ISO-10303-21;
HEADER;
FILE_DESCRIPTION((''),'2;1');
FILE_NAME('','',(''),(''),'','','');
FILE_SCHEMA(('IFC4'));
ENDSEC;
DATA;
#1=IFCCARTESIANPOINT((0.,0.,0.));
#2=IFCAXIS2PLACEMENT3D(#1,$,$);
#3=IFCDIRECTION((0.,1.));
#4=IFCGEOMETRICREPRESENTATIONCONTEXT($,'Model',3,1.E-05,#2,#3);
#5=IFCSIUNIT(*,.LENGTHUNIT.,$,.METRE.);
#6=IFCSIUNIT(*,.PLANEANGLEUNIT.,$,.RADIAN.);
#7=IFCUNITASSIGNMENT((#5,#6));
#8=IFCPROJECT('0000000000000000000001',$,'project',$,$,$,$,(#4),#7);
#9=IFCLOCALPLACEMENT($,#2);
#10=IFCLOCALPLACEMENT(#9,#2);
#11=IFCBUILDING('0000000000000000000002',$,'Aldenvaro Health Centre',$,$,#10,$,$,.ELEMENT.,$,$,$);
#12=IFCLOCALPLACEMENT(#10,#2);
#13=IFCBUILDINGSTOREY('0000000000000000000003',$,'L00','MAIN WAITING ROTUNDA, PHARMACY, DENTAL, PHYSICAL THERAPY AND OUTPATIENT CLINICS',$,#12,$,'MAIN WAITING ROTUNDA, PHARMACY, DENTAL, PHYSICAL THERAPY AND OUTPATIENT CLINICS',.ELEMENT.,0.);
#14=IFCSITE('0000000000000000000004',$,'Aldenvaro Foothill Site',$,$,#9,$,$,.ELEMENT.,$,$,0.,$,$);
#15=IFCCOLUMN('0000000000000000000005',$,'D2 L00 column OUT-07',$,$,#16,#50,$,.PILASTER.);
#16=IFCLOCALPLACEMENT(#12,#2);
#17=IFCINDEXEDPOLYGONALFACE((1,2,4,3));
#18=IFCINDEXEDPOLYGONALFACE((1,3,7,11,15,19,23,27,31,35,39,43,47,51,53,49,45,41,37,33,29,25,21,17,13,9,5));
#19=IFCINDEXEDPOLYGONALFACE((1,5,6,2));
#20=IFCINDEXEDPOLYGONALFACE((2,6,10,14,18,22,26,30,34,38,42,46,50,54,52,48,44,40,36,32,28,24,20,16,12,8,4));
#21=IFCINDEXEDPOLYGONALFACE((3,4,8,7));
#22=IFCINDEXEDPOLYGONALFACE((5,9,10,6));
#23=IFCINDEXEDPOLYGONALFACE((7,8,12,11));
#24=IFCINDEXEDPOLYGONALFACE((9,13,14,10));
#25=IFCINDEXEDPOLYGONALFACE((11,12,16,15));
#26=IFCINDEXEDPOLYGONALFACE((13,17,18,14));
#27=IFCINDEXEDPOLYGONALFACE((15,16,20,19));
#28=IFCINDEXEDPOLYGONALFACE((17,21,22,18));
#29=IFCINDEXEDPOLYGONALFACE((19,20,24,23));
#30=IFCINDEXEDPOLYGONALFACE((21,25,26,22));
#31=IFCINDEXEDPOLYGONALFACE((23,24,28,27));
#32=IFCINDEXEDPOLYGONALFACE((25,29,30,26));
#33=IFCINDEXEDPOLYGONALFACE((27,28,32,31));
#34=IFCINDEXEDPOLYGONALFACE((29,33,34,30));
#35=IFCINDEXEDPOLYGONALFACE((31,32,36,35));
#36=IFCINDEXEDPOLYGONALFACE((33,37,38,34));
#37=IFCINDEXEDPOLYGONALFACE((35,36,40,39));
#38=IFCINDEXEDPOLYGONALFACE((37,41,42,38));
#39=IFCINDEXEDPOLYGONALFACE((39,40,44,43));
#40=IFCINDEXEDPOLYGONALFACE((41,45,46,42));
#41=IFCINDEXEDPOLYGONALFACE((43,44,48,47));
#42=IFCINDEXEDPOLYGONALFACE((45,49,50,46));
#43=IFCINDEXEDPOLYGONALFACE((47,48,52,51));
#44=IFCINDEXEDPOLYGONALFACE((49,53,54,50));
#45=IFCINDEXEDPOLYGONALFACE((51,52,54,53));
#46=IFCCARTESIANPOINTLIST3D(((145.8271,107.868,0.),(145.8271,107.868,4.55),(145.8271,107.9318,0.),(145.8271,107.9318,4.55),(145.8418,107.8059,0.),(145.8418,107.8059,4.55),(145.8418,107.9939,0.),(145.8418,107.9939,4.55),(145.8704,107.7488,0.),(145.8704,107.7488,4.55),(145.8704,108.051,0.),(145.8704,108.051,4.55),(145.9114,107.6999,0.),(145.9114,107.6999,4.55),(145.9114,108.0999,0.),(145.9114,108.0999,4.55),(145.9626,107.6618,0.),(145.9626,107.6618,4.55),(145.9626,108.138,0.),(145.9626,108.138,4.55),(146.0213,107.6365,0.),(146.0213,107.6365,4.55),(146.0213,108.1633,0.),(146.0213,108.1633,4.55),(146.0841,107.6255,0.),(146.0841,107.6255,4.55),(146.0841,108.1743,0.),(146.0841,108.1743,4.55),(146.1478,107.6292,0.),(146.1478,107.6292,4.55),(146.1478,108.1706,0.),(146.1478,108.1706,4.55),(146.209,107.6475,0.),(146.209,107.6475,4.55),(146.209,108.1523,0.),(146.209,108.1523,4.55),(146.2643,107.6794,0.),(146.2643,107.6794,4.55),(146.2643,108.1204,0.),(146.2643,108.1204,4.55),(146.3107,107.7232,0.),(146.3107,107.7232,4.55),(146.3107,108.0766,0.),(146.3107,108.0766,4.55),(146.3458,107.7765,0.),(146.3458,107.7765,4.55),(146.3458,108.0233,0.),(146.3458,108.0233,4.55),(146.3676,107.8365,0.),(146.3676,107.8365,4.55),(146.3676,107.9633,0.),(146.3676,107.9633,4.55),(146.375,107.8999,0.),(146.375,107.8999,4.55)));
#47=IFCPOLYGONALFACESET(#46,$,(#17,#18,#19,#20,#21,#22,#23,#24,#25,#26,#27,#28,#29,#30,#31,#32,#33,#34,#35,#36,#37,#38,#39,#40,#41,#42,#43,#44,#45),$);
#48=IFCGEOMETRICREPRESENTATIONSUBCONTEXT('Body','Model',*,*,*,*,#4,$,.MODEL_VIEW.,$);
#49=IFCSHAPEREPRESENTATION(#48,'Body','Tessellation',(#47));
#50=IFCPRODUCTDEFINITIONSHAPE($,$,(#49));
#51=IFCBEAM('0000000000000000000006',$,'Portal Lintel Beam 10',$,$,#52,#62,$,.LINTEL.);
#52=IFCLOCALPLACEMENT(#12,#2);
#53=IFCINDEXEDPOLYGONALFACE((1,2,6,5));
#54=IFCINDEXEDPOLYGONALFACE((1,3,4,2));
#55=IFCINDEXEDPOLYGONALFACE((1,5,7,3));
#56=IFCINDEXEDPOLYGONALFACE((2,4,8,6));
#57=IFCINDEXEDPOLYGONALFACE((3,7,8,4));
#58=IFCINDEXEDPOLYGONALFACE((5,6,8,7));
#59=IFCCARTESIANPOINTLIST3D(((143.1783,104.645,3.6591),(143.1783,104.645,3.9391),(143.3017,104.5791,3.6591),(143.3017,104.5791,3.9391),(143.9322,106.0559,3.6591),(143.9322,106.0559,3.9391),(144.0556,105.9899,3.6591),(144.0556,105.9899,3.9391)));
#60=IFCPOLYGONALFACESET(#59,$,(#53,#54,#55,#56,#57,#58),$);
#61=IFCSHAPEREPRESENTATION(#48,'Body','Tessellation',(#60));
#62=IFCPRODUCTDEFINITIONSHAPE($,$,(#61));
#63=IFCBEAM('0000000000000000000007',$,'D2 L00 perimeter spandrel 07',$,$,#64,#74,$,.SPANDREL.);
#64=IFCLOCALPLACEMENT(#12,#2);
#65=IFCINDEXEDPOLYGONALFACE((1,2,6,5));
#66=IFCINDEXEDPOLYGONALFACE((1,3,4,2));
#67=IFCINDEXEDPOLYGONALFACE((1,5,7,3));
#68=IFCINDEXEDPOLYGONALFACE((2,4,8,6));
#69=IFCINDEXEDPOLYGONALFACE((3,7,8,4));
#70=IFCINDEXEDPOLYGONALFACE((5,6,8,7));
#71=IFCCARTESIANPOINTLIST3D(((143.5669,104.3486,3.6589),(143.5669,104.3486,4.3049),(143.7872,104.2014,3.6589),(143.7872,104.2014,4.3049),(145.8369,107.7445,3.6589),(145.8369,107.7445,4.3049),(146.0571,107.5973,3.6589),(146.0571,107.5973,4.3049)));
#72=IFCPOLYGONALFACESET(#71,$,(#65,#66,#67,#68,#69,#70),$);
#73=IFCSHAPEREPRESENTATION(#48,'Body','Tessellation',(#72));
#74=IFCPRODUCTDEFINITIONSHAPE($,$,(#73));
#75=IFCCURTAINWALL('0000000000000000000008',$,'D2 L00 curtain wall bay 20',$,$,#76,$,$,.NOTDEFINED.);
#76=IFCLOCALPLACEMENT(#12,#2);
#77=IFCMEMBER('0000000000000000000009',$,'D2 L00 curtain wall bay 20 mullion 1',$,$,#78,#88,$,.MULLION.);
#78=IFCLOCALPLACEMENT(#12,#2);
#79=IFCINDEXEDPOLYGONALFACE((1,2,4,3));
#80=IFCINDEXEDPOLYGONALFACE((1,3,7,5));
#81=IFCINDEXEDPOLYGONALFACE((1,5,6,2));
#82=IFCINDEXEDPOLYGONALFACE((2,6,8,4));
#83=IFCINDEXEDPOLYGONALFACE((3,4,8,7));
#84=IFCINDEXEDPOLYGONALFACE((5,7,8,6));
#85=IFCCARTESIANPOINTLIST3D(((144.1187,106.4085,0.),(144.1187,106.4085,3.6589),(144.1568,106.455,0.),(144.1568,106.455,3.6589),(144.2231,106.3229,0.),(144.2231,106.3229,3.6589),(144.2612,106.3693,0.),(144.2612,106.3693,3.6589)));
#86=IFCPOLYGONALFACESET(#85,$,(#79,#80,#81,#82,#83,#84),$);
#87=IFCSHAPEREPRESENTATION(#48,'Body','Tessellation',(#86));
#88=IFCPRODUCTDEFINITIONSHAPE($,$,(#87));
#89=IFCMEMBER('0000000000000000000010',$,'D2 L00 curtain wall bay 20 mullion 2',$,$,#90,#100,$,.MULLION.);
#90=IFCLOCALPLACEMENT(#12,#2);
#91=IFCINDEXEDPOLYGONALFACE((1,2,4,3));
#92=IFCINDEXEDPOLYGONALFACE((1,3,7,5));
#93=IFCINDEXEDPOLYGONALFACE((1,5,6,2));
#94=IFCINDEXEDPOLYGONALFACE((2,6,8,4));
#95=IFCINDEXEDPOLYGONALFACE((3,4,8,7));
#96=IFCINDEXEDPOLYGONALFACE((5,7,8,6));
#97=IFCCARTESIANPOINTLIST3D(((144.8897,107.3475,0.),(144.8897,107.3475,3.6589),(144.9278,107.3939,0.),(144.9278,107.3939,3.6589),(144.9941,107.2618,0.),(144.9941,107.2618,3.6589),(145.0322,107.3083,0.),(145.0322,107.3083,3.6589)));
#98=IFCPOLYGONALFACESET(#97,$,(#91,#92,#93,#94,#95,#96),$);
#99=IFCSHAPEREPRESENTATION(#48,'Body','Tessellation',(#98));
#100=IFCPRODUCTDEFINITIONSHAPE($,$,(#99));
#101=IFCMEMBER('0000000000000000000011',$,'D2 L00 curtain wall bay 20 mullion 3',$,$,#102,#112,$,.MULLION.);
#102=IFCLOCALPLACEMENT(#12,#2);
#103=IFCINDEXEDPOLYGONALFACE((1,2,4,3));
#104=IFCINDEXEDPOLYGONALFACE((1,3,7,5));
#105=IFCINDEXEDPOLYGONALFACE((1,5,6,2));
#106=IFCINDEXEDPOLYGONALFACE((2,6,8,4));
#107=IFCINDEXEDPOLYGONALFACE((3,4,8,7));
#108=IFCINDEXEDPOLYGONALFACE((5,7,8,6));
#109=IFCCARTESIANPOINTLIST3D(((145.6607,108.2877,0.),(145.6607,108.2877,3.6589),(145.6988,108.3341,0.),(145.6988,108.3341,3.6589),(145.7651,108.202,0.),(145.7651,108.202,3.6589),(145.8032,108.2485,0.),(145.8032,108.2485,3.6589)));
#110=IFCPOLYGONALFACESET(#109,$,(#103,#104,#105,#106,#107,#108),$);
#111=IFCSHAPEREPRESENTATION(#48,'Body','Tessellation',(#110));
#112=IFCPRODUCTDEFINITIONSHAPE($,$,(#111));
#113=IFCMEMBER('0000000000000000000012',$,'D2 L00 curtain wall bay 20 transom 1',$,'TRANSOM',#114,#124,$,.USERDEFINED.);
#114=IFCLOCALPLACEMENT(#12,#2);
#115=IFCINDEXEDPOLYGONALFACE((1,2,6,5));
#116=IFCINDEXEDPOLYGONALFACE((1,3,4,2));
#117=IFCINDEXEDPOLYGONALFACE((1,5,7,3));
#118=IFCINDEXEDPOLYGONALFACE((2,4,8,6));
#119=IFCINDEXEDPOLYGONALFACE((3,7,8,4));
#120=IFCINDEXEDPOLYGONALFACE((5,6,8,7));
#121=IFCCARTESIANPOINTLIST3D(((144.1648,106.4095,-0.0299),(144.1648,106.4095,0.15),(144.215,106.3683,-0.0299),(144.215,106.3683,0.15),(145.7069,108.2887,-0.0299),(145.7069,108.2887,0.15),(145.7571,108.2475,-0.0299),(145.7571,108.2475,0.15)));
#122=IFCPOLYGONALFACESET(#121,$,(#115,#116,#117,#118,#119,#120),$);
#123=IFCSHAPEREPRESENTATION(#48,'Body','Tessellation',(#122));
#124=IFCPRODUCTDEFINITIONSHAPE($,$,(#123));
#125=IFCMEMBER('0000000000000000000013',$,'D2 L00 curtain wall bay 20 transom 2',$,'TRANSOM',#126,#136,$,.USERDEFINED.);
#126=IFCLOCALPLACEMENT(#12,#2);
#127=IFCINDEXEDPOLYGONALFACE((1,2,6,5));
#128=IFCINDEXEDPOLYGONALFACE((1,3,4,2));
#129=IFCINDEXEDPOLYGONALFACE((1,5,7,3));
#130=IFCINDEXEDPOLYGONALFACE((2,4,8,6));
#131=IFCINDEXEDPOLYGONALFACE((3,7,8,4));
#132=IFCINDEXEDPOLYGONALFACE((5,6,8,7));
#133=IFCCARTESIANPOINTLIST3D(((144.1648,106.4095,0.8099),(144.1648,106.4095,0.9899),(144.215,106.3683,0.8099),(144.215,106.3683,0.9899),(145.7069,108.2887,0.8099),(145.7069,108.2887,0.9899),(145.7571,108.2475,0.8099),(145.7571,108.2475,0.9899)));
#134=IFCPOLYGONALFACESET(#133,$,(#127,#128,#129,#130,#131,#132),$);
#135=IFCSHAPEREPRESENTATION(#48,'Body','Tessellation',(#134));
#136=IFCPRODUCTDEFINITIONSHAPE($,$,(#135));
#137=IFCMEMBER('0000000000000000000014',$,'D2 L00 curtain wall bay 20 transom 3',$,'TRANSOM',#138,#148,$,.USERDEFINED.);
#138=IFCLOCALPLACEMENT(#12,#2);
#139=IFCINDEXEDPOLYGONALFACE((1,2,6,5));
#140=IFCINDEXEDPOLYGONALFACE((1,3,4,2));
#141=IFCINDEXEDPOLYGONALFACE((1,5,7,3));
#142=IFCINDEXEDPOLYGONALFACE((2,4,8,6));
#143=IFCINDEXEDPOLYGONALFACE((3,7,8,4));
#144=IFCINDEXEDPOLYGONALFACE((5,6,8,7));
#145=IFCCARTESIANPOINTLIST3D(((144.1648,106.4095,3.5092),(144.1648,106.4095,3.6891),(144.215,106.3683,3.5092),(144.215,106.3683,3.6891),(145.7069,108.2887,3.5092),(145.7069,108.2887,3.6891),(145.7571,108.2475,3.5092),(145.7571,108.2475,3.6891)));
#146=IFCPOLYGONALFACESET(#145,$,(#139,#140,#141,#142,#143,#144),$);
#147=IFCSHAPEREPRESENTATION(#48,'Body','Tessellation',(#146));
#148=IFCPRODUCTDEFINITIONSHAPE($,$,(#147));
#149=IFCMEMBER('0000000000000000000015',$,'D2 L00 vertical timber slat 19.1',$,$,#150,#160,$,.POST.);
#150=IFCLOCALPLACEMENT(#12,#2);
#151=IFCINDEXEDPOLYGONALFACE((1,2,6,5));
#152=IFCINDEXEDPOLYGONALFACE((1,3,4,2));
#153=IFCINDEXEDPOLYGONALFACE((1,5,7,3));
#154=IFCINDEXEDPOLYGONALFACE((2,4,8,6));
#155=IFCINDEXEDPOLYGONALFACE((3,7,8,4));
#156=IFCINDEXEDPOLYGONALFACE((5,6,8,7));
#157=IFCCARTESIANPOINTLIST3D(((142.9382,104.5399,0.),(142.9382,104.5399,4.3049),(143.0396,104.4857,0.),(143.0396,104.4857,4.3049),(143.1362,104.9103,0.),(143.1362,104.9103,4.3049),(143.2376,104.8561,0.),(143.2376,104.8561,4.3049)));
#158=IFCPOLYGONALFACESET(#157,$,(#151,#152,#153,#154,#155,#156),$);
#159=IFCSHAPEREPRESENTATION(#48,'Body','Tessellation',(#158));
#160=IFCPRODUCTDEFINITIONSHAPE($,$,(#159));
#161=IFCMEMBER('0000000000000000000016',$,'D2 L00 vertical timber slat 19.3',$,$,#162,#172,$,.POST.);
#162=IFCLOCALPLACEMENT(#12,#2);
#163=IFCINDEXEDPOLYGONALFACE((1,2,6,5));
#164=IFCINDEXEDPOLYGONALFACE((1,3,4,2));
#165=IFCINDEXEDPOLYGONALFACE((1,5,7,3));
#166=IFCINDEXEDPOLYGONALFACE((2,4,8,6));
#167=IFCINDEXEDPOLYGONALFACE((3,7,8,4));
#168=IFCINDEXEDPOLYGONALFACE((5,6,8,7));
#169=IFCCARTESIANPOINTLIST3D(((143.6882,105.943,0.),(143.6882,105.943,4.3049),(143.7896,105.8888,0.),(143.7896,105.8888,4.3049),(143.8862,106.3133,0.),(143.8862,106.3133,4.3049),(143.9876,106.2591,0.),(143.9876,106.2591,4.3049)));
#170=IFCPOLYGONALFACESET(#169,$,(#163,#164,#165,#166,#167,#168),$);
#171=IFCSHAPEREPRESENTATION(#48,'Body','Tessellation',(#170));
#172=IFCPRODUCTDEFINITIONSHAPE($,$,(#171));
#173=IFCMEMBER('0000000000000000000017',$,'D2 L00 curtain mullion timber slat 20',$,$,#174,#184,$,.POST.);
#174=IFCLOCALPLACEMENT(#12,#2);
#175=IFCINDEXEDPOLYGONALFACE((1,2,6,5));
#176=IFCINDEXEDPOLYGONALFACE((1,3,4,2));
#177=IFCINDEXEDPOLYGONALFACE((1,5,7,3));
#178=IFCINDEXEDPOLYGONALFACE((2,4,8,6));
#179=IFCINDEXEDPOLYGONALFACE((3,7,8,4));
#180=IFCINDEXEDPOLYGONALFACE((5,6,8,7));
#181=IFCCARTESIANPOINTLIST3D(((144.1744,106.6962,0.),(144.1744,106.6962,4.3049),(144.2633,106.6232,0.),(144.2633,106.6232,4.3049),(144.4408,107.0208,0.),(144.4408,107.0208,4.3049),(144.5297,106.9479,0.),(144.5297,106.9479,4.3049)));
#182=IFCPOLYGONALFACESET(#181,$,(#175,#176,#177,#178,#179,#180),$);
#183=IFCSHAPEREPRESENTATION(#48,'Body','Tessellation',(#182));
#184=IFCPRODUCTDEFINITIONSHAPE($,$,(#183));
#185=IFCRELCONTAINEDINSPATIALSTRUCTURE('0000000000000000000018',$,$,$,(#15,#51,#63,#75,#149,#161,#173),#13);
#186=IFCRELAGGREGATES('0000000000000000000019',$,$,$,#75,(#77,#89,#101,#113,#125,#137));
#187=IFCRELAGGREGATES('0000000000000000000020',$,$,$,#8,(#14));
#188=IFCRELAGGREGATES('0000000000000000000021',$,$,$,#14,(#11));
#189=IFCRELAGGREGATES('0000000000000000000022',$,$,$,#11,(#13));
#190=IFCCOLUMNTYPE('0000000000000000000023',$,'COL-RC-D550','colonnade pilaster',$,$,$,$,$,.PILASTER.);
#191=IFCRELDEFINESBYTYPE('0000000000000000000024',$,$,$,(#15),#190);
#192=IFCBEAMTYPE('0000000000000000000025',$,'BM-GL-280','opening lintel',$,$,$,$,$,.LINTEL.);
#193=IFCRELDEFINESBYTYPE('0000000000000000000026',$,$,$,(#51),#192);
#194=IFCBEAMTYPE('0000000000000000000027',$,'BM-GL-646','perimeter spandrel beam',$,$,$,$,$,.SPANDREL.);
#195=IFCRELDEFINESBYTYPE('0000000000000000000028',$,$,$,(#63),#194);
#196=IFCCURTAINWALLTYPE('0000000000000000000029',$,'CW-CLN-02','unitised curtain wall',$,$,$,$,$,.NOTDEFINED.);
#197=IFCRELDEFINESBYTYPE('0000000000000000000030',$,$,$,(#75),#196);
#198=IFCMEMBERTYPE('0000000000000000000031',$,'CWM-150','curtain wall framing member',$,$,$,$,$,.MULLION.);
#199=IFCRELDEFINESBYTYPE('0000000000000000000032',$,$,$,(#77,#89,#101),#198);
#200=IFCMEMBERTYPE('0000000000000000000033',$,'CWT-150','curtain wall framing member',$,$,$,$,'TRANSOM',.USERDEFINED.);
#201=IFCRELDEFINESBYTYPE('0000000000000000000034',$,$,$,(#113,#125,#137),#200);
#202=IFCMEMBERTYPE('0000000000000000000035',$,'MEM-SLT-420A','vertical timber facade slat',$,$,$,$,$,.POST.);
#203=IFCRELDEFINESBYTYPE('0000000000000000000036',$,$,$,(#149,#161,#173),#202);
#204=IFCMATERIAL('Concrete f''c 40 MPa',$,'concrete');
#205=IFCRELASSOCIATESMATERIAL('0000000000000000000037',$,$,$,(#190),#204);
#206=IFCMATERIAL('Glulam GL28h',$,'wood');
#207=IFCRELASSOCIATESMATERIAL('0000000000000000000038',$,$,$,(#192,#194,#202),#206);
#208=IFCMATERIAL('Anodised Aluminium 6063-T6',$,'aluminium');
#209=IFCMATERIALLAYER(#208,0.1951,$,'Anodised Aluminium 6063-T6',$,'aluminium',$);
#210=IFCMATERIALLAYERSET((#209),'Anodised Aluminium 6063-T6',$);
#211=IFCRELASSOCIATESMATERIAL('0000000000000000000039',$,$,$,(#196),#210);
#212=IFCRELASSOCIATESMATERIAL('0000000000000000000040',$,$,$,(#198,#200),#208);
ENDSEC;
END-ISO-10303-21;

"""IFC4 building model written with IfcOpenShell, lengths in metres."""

from ifc_helpers import new_model, si_unit, direction, frame, origin, origin_2d, place, context, subcontext, project, spatial, rectangle, circle, extrude, material, layer, layer_set, material_profile, profile_set, type_object, element, aggregate, save


model = new_model("IFC4")

# Units and contexts
model_context = context("Model", 3, precision=1e-05, world=origin(), true_north=direction((0.0, 1.0)))
body_context = subcontext(model_context, "Body", "Model", "MODEL_VIEW")
ifc_project = project(units=[si_unit("LENGTHUNIT", "METRE"), si_unit("PLANEANGLEUNIT", "RADIAN")], contexts=[model_context])

# Site, building, storey
site_placement = place(None, origin())
site = spatial("IfcSite", under=ifc_project, at=site_placement, Name="Aldenvaro Foothill Site", CompositionType="ELEMENT", RefElevation=0.0)
building_placement = place(site_placement, origin())
building = spatial("IfcBuilding", under=site, at=building_placement, Name="Aldenvaro Health Centre", CompositionType="ELEMENT")
storey_placement = place(building_placement, origin())
storey = spatial("IfcBuildingStorey", under=building, at=storey_placement, Name="L00", Description="MAIN WAITING ROTUNDA, PHARMACY, DENTAL, PHYSICAL THERAPY AND OUTPATIENT CLINICS", LongName="MAIN WAITING ROTUNDA, PHARMACY, DENTAL, PHYSICAL THERAPY AND OUTPATIENT CLINICS", CompositionType="ELEMENT", Elevation=0.0)

# Column
ifc_material_1 = material(Name="Concrete f'c 40 MPa", Category="concrete")
ifc_material_profile_1 = material_profile(ifc_material_1, circle(Radius=0.2749, at=origin_2d()), Name="RC D550", Category="concrete")
ifc_profile_set_1 = profile_set([ifc_material_profile_1], Name="Concrete f'c 40 MPa")
column_type = type_object("IfcColumnType", Name="COL-RC-D550", Description="colonnade pilaster", PredefinedType="PILASTER", material=ifc_profile_set_1)
column_placement = place(storey_placement, frame((146.1001, 107.8999, 0.0), z_axis=(0.0, 0.0, 1.0), x_axis=(1.0, 0.0, 0.0)))
element("IfcColumn", 1, at=column_placement, inside=storey, type_object=column_type, Name="D2 L00 column OUT-07", PredefinedType="PILASTER", context=body_context, shape_type="SweptSolid", body=[
    extrude(circle(Radius=0.2749, at=origin_2d()), origin(), (0.0, 0.0, 1.0), 4.55),
])

# Beams
ifc_material_2 = material(Name="Glulam GL28h", Category="wood")
ifc_material_profile_2 = material_profile(ifc_material_2, rectangle(XDim=0.1399, YDim=0.28, at=origin_2d()), Name="GL 140x280", Category="wood")
ifc_profile_set_2 = profile_set([ifc_material_profile_2], Name="Glulam GL28h")
beam_type_1 = type_object("IfcBeamType", Name="BM-GL-280", Description="opening lintel", PredefinedType="LINTEL", material=ifc_profile_set_2)
beam_1_placement = place(storey_placement, frame((143.24, 104.6121, 3.7991), z_axis=(0.471285, 0.881981, 0.0), x_axis=(-0.881981, 0.471285, 0.0)))
element("IfcBeam", 2, at=beam_1_placement, inside=storey, type_object=beam_type_1, Name="Portal Lintel Beam 10", PredefinedType="LINTEL", context=body_context, shape_type="SweptSolid", body=[
    extrude(rectangle(XDim=0.1399, YDim=0.28, at=origin_2d()), origin(), (0.0, 0.0, 1.0), 1.5996),
])
ifc_material_profile_3 = material_profile(ifc_material_2, rectangle(XDim=0.2649, YDim=0.646, at=origin_2d()), Name="GL 265x646", Category="wood")
ifc_profile_set_3 = profile_set([ifc_material_profile_3], Name="Glulam GL28h")
beam_type_2 = type_object("IfcBeamType", Name="BM-GL-646", Description="perimeter spandrel beam", PredefinedType="SPANDREL", material=ifc_profile_set_3)
beam_2_placement = place(storey_placement, frame((145.947, 107.6709, 3.9819), z_axis=(-0.55572, -0.831369, 0.0), x_axis=(0.831369, -0.55572, 0.0)))
element("IfcBeam", 3, at=beam_2_placement, inside=storey, type_object=beam_type_2, Name="D2 L00 perimeter spandrel 07", PredefinedType="SPANDREL", context=body_context, shape_type="SweptSolid", body=[
    extrude(rectangle(XDim=0.2649, YDim=0.646, at=origin_2d()), origin(), (0.0, 0.0, 1.0), 4.0847),
])

# Curtain wall, members
ifc_material_3 = material(Name="Anodised Aluminium 6063-T6", Category="aluminium")
ifc_layer_1 = layer(ifc_material_3, 0.1951, Name="Anodised Aluminium 6063-T6", Category="aluminium")
ifc_layer_set_1 = layer_set([ifc_layer_1], Name="Anodised Aluminium 6063-T6")
curtain_wall_type = type_object("IfcCurtainWallType", Name="CW-CLN-02", Description="unitised curtain wall", PredefinedType="NOTDEFINED", material=ifc_layer_set_1)
curtain_wall_placement = place(storey_placement, origin())
curtain_wall = element("IfcCurtainWall", 4, at=curtain_wall_placement, inside=storey, type_object=curtain_wall_type, Name="D2 L00 curtain wall bay 20", PredefinedType="NOTDEFINED")
ifc_material_profile_4 = material_profile(ifc_material_3, rectangle(XDim=0.0601, YDim=0.135, at=origin_2d()), Name="ALU 60x135", Category="aluminium")
ifc_profile_set_4 = profile_set([ifc_material_profile_4], Name="Anodised Aluminium 6063-T6")
member_type_1 = type_object("IfcMemberType", Name="CWM-150", Description="curtain wall framing member", PredefinedType="MULLION", material=ifc_profile_set_4)
member_1_placement = place(storey_placement, frame((144.1899, 106.3889, 0.0), z_axis=(0.0, 0.0, 1.0), x_axis=(0.63438, 0.773022, 0.0)))
member_1 = element("IfcMember", 5, at=member_1_placement, type_object=member_type_1, Name="D2 L00 curtain wall bay 20 mullion 1", PredefinedType="MULLION", context=body_context, shape_type="SweptSolid", body=[
    extrude(rectangle(XDim=0.0601, YDim=0.135, at=origin_2d()), origin(), (0.0, 0.0, 1.0), 3.6589),
])
member_2_placement = place(storey_placement, frame((144.9609, 107.3279, 0.0), z_axis=(0.0, 0.0, 1.0), x_axis=(0.63438, 0.773022, 0.0)))
member_2 = element("IfcMember", 6, at=member_2_placement, type_object=member_type_1, Name="D2 L00 curtain wall bay 20 mullion 2", PredefinedType="MULLION", context=body_context, shape_type="SweptSolid", body=[
    extrude(rectangle(XDim=0.0601, YDim=0.135, at=origin_2d()), origin(), (0.0, 0.0, 1.0), 3.6589),
])
member_3_placement = place(storey_placement, frame((145.7319, 108.2681, 0.0), z_axis=(0.0, 0.0, 1.0), x_axis=(0.63438, 0.773022, 0.0)))
member_3 = element("IfcMember", 7, at=member_3_placement, type_object=member_type_1, Name="D2 L00 curtain wall bay 20 mullion 3", PredefinedType="MULLION", context=body_context, shape_type="SweptSolid", body=[
    extrude(rectangle(XDim=0.0601, YDim=0.135, at=origin_2d()), origin(), (0.0, 0.0, 1.0), 3.6589),
])
ifc_material_profile_5 = material_profile(ifc_material_3, rectangle(XDim=0.0649, YDim=0.1799, at=origin_2d()), Name="ALU 65x180", Category="aluminium")
ifc_profile_set_5 = profile_set([ifc_material_profile_5], Name="Anodised Aluminium 6063-T6")
member_type_2 = type_object("IfcMemberType", Name="CWT-150", Description="curtain wall framing member", ElementType="TRANSOM", PredefinedType="USERDEFINED", material=ifc_profile_set_5)
member_4_placement = place(storey_placement, frame((144.1899, 106.3889, 0.0601), z_axis=(0.634347, 0.773048, 0.0), x_axis=(-0.773048, 0.634347, 0.0)))
member_4 = element("IfcMember", 8, at=member_4_placement, type_object=member_type_2, Name="D2 L00 curtain wall bay 20 transom 1", ObjectType="TRANSOM", PredefinedType="USERDEFINED", context=body_context, shape_type="SweptSolid", body=[
    extrude(rectangle(XDim=0.0649, YDim=0.1799, at=origin_2d()), origin(), (0.0, 0.0, 1.0), 2.4309),
])
member_5_placement = place(storey_placement, frame((144.1899, 106.3889, 0.8999), z_axis=(0.634347, 0.773048, 0.0), x_axis=(-0.773048, 0.634347, 0.0)))
member_5 = element("IfcMember", 9, at=member_5_placement, type_object=member_type_2, Name="D2 L00 curtain wall bay 20 transom 2", ObjectType="TRANSOM", PredefinedType="USERDEFINED", context=body_context, shape_type="SweptSolid", body=[
    extrude(rectangle(XDim=0.0649, YDim=0.1799, at=origin_2d()), origin(), (0.0, 0.0, 1.0), 2.4309),
])
member_6_placement = place(storey_placement, frame((144.1899, 106.3889, 3.5991), z_axis=(0.634347, 0.773048, 0.0), x_axis=(-0.773048, 0.634347, 0.0)))
member_6 = element("IfcMember", 10, at=member_6_placement, type_object=member_type_2, Name="D2 L00 curtain wall bay 20 transom 3", ObjectType="TRANSOM", PredefinedType="USERDEFINED", context=body_context, shape_type="SweptSolid", body=[
    extrude(rectangle(XDim=0.0649, YDim=0.1799, at=origin_2d()), origin(), (0.0, 0.0, 1.0), 2.4309),
])

# Members
ifc_material_profile_6 = material_profile(ifc_material_2, rectangle(XDim=0.115, YDim=0.4199, at=origin_2d()), Name="GL 115x420", Category="wood")
ifc_profile_set_6 = profile_set([ifc_material_profile_6], Name="Glulam GL28h")
member_type_3 = type_object("IfcMemberType", Name="MEM-SLT-420A", Description="vertical timber facade slat", PredefinedType="POST", material=ifc_profile_set_6)
for number, where, z_axis, x_axis, name in (
    (11, (143.0879, 104.698, 0.0), (0.0, 0.0, 1.0), (-0.88192, 0.471399, 0.0), "D2 L00 vertical timber slat 19.1"),
    (12, (143.8379, 106.1011, 0.0), (0.0, 0.0, 1.0), (-0.88192, 0.471399, 0.0), "D2 L00 vertical timber slat 19.3"),
    (13, (144.3521, 106.822, 0.0), (0.0, 0.0, 1.0), (-0.773022, 0.63438, 0.0), "D2 L00 curtain mullion timber slat 20"),
):
    element("IfcMember", number, at=place(storey_placement, frame(where, z_axis=z_axis, x_axis=x_axis)), inside=storey, type_object=member_type_3, Name=name, PredefinedType="POST", context=body_context, shape_type="SweptSolid", body=[
        extrude(rectangle(XDim=0.115, YDim=0.4199, at=origin_2d()), origin(), (0.0, 0.0, 1.0), 4.3049),
    ])

aggregate(curtain_wall, [member_1, member_2, member_3, member_4, member_5, member_6])

save(model, "model.ifc")
